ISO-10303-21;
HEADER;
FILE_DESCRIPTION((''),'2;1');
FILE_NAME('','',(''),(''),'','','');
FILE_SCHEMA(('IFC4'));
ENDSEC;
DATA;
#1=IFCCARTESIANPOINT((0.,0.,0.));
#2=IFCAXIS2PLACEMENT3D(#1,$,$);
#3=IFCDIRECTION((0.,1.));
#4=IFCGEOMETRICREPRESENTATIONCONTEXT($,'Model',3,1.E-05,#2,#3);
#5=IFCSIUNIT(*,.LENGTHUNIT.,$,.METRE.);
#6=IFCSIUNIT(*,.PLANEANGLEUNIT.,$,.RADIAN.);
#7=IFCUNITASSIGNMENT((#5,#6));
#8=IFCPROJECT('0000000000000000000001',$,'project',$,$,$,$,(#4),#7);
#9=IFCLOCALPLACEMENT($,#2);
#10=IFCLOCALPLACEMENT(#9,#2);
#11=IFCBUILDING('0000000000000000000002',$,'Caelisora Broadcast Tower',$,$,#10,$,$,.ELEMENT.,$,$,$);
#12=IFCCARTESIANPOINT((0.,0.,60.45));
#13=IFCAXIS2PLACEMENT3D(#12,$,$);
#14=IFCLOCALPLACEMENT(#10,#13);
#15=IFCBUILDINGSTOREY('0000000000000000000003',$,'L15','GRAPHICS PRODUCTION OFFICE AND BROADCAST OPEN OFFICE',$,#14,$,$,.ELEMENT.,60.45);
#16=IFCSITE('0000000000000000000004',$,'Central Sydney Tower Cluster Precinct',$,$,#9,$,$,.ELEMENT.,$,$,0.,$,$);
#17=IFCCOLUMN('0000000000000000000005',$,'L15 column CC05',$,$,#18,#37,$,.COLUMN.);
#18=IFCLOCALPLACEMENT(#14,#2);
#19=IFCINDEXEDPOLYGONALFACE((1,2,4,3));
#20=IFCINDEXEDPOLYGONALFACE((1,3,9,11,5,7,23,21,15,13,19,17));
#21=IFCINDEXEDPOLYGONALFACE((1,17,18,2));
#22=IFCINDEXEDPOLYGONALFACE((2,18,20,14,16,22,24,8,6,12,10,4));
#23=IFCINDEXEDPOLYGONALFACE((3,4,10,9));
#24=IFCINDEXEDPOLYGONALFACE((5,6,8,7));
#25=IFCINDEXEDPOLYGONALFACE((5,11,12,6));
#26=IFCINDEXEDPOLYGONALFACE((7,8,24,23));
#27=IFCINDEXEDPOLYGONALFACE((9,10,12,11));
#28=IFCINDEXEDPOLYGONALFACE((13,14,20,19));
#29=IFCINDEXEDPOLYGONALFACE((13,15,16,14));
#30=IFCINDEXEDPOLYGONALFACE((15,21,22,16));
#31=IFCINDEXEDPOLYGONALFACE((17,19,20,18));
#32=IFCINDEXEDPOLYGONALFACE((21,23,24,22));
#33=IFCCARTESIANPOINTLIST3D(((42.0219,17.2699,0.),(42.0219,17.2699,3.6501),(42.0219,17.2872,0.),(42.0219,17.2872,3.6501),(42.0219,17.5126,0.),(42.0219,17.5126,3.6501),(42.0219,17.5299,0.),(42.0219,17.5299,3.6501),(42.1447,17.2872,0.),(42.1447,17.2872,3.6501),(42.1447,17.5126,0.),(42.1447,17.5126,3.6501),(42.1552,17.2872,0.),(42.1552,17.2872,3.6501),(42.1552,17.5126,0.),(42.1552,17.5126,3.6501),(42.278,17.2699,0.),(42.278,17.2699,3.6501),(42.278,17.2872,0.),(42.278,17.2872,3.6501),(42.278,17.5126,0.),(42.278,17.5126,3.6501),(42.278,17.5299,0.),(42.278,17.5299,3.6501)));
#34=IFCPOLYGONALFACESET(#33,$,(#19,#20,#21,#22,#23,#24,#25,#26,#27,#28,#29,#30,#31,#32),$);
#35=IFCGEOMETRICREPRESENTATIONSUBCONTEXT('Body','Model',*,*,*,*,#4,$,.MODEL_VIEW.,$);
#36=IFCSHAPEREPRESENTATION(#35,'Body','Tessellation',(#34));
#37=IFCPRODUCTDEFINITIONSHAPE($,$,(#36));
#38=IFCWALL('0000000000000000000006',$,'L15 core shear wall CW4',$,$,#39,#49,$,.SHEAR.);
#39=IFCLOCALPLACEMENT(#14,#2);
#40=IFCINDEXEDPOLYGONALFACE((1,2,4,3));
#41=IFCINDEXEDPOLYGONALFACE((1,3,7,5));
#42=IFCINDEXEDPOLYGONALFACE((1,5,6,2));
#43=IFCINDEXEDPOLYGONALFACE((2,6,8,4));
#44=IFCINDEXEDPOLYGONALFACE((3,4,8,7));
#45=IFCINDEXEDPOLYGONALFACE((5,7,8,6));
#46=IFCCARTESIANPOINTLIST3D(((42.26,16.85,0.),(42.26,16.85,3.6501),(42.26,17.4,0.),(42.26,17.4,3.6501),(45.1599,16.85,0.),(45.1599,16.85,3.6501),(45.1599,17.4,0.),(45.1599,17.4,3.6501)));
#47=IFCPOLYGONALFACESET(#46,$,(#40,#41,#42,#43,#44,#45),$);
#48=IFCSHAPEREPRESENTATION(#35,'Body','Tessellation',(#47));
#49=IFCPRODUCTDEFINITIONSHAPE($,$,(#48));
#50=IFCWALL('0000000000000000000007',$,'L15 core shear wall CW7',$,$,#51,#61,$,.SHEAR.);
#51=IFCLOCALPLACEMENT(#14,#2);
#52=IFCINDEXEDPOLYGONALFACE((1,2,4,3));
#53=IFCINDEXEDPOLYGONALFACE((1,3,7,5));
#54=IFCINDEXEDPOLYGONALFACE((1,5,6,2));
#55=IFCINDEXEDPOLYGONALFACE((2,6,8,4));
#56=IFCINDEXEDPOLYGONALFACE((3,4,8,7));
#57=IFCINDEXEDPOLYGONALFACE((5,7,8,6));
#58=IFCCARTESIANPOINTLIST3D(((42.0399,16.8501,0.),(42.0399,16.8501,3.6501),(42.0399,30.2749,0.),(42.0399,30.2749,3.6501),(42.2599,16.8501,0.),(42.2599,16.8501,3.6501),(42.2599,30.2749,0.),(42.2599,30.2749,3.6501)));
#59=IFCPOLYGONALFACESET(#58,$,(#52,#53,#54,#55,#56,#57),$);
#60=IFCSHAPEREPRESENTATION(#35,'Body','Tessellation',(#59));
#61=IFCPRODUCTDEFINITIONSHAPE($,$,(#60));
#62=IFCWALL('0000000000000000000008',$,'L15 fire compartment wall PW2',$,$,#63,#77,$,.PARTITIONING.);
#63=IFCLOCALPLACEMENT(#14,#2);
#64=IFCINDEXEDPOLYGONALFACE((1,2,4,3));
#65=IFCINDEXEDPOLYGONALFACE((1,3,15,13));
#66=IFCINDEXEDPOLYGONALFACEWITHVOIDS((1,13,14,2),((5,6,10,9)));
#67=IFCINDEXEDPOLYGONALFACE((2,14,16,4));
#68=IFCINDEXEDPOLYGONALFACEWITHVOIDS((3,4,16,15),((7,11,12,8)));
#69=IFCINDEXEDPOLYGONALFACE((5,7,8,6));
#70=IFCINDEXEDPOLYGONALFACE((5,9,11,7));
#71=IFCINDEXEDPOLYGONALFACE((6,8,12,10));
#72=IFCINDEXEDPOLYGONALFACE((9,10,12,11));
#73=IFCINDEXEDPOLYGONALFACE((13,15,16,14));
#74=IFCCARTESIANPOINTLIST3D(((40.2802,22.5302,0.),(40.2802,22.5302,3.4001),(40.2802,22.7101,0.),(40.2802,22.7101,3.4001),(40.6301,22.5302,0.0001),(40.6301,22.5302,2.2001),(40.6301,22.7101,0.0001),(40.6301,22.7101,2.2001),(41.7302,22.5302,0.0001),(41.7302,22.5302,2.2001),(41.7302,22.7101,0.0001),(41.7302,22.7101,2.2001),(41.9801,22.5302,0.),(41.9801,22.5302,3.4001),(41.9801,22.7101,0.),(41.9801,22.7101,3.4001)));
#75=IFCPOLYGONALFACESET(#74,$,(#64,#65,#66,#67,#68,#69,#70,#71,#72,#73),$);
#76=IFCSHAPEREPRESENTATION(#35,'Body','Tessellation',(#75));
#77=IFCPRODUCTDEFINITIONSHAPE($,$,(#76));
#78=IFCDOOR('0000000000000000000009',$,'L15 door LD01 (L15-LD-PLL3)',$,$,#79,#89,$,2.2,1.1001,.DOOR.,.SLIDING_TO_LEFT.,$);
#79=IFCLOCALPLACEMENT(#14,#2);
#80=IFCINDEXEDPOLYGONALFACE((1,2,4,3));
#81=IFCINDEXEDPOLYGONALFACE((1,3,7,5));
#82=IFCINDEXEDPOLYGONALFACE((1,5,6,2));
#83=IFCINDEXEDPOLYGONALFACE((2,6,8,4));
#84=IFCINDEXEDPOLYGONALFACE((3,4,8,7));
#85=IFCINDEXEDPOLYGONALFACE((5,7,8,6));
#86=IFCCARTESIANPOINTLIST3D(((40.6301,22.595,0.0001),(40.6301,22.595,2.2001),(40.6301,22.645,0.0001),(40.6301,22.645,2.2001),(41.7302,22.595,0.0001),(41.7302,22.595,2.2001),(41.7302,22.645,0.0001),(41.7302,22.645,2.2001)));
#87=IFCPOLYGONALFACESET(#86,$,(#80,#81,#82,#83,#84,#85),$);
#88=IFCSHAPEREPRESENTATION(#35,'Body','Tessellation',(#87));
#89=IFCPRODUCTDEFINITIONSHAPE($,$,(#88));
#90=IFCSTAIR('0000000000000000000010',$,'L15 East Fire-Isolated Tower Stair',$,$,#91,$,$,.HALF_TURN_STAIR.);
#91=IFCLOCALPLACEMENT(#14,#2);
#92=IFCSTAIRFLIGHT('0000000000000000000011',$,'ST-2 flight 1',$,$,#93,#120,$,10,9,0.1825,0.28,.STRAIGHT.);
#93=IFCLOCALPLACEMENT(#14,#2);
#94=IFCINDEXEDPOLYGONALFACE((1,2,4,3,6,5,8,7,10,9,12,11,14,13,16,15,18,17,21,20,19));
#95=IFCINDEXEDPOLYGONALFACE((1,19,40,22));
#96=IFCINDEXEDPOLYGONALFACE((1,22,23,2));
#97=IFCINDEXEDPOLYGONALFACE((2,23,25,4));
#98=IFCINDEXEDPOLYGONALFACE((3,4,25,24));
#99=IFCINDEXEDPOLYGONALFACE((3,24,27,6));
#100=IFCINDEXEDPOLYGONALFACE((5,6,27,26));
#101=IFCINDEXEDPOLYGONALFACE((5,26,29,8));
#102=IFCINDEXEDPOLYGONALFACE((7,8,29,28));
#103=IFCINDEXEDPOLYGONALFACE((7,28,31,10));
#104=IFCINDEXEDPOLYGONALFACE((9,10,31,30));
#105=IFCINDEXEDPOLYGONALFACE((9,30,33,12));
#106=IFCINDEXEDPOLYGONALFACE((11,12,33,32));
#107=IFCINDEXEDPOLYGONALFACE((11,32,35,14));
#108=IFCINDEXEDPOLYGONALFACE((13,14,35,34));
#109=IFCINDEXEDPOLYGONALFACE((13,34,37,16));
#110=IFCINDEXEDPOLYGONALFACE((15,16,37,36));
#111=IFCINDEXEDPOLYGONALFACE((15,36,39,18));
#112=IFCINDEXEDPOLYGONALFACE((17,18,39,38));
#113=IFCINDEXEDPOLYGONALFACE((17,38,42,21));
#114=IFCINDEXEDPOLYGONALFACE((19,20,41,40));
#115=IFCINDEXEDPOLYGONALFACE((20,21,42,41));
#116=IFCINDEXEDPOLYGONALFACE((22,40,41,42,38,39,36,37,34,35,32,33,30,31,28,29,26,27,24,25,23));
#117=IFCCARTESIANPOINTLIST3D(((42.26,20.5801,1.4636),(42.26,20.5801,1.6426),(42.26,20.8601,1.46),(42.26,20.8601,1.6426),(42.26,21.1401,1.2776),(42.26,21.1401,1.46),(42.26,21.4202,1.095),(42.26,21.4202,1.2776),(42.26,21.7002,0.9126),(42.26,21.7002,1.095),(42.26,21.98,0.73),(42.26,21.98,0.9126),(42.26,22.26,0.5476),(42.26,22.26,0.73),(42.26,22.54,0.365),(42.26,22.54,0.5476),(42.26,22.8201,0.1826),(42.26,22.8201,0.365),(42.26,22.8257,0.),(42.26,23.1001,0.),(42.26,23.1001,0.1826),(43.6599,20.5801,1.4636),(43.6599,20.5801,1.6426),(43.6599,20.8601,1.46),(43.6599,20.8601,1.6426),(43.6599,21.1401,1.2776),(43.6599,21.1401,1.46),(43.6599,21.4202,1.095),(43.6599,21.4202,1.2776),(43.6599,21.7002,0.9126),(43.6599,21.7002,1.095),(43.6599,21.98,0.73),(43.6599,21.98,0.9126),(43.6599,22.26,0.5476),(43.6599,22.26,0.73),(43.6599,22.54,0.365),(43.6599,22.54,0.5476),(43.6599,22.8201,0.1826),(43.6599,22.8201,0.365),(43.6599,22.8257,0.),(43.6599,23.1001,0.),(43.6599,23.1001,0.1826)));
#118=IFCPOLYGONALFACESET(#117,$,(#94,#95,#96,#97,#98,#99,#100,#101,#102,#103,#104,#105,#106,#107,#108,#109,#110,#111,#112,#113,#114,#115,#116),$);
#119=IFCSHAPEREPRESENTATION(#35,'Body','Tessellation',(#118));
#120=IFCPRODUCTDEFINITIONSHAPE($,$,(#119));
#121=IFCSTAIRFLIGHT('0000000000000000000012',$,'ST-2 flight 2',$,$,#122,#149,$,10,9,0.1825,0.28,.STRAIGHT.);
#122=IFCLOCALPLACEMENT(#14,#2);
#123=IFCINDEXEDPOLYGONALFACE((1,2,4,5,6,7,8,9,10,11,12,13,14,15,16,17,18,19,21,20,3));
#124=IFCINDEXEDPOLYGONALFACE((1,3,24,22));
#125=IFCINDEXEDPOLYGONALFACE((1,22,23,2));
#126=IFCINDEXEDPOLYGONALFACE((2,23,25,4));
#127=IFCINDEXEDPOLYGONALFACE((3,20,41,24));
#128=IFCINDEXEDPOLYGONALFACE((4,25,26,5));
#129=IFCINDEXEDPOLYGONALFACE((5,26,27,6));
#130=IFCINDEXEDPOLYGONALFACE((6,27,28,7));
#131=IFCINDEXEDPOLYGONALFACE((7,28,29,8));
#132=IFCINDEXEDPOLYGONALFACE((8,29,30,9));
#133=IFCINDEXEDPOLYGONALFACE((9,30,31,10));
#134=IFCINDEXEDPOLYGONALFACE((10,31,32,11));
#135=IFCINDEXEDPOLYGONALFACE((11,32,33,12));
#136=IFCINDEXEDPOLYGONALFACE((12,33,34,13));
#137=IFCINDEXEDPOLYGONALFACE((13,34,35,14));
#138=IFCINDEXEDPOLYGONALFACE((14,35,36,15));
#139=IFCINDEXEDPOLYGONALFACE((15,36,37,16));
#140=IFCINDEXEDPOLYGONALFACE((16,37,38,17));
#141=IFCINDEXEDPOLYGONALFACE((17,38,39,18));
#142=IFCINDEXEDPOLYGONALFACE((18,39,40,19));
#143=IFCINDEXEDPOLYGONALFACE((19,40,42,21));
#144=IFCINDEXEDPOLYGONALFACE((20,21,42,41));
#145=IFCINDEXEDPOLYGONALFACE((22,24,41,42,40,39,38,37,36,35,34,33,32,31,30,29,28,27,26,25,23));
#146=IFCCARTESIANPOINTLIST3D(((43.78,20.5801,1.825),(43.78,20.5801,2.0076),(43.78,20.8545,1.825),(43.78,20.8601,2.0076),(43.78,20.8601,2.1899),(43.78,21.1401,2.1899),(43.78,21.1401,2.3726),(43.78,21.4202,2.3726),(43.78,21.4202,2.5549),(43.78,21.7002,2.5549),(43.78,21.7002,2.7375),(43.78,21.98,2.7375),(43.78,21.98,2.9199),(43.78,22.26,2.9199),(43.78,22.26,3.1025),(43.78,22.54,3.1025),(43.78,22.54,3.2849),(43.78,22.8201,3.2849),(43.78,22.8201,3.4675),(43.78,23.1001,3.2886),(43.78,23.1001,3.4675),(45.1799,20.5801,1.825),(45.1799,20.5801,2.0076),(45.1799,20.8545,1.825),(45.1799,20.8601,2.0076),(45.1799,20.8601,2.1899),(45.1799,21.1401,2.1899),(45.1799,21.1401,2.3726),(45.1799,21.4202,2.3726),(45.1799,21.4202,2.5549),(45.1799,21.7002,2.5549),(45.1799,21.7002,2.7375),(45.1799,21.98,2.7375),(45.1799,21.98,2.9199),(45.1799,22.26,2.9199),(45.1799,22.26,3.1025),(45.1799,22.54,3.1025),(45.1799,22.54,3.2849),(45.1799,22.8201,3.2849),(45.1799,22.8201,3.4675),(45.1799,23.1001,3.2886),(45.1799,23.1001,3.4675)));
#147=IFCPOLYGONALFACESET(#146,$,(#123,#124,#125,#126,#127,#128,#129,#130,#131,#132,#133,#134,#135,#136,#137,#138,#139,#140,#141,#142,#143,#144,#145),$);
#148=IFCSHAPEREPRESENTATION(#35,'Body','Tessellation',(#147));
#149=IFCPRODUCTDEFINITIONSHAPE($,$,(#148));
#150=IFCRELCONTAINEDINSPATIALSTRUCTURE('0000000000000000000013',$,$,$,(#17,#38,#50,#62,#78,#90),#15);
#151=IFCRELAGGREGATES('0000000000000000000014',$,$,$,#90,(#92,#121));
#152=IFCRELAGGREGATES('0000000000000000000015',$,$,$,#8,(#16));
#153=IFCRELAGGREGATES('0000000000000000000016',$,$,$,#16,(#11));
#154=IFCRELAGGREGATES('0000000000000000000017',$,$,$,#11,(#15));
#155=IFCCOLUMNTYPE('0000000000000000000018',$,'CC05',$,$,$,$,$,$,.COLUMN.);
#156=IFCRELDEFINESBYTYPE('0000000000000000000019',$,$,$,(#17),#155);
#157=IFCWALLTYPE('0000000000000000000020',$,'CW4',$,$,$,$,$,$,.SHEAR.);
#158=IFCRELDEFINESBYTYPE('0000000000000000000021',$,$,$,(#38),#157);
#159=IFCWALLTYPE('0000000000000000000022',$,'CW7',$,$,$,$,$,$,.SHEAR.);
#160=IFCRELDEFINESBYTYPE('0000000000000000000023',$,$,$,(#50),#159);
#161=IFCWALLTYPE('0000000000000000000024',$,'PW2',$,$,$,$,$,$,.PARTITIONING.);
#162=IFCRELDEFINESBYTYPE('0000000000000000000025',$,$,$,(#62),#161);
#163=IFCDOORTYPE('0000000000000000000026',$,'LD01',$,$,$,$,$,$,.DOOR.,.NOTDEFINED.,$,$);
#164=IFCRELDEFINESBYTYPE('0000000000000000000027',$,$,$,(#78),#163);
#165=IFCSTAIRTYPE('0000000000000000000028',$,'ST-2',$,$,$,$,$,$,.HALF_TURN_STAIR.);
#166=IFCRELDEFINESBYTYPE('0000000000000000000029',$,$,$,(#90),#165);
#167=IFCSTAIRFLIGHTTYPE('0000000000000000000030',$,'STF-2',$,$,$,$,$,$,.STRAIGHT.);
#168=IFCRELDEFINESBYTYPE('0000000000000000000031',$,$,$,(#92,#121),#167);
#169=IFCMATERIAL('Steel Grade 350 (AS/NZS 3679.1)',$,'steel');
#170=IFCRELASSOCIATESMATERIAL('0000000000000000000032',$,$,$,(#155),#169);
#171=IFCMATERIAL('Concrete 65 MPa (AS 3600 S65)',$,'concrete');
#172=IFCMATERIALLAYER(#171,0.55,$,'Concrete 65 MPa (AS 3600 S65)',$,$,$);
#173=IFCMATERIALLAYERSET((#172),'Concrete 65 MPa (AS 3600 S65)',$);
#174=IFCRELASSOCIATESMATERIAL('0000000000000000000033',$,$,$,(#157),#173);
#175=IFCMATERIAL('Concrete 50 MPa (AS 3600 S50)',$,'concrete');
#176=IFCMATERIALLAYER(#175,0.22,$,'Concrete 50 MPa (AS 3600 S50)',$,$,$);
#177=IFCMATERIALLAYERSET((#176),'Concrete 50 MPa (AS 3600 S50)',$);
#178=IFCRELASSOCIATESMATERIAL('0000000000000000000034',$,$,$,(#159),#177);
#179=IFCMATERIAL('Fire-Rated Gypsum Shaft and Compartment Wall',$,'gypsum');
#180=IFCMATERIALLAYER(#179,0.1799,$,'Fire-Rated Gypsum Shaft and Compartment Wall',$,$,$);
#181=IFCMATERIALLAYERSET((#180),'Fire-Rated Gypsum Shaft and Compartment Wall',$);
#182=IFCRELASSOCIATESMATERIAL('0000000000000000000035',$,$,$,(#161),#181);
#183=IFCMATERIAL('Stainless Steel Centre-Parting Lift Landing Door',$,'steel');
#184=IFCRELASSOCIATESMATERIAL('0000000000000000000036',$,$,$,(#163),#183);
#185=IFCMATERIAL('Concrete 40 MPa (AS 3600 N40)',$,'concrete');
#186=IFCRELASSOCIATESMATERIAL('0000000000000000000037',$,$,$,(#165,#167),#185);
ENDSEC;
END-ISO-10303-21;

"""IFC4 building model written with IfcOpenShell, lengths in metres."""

from ifc_helpers import new_model, si_unit, direction, frame, frame_2d, origin, origin_2d, place, context, subcontext, project, spatial, polyline, rectangle, i_section, outline, extrude, source, transform, mapped, material, layer, layer_set, material_profile, profile_set, type_object, type_shapes, element, fill, aggregate, save


model = new_model("IFC4")

# Units and contexts
model_context = context("Model", 3, precision=1e-05, world=origin(), true_north=direction((0.0, 1.0)))
body_context = subcontext(model_context, "Body", "Model", "MODEL_VIEW")
ifc_project = project(units=[si_unit("LENGTHUNIT", "METRE"), si_unit("PLANEANGLEUNIT", "RADIAN")], contexts=[model_context])

# Site, building, storey
site_placement = place(None, origin())
site = spatial("IfcSite", under=ifc_project, at=site_placement, Name="Central Sydney Tower Cluster Precinct", CompositionType="ELEMENT", RefElevation=0.0)
building_placement = place(site_placement, origin())
building = spatial("IfcBuilding", under=site, at=building_placement, Name="Caelisora Broadcast Tower", CompositionType="ELEMENT")
storey_placement = place(building_placement, frame((0.0, 0.0, 60.45)))
storey = spatial("IfcBuildingStorey", under=building, at=storey_placement, Name="L15", Description="GRAPHICS PRODUCTION OFFICE AND BROADCAST OPEN OFFICE", CompositionType="ELEMENT", Elevation=60.45)

# Column
ifc_material_1 = material(Name="Steel Grade 350 (AS/NZS 3679.1)", Category="steel")
ifc_material_profile = material_profile(ifc_material_1, i_section(OverallWidth=0.2561, OverallDepth=0.26, WebThickness=0.0105, FlangeThickness=0.0173, at=origin_2d()), Name="Steel Grade 350 (AS/NZS 3679.1)")
ifc_profile_set = profile_set([ifc_material_profile], Name="Steel Grade 350 (AS/NZS 3679.1)")
column_type = type_object("IfcColumnType", Name="CC05", PredefinedType="COLUMN", material=ifc_profile_set)
shared_shape = source(origin(), body_context, "Body", "SweptSolid", [
    extrude(i_section(OverallWidth=0.2561, OverallDepth=0.26, WebThickness=0.0105, FlangeThickness=0.0173, at=origin_2d()), origin(), (0.0, 0.0, 1.0), 3.6501),
])
type_shapes(column_type, [shared_shape])
column_placement = place(storey_placement, frame((42.1499, 17.3999, 0.0), z_axis=(0.0, 0.0, 1.0), x_axis=(1.0, 0.0, 0.0)))
element("IfcColumn", 1, at=column_placement, inside=storey, type_object=column_type, Name="L15 column CC05", PredefinedType="COLUMN", context=body_context, shape_type="MappedRepresentation", body=[
    mapped(shared_shape, transform((0.0, 0.0, 0.0), scale=1.0)),
])

# Walls
ifc_material_2 = material(Name="Concrete 65 MPa (AS 3600 S65)", Category="concrete")
ifc_layer_1 = layer(ifc_material_2, 0.55, Name="Concrete 65 MPa (AS 3600 S65)")
ifc_layer_set_1 = layer_set([ifc_layer_1], Name="Concrete 65 MPa (AS 3600 S65)")
wall_type_1 = type_object("IfcWallType", Name="CW4", PredefinedType="SHEAR", material=ifc_layer_set_1)
wall_1_placement = place(storey_placement, frame((42.26, 17.125, 0.0), z_axis=(0.0, 0.0, 1.0), x_axis=(1.0, 0.0, 0.0)))
element("IfcWall", 2, at=wall_1_placement, inside=storey, type_object=wall_type_1, Name="L15 core shear wall CW4", PredefinedType="SHEAR", context=body_context, shape_type="SweptSolid", body=[
    extrude(rectangle(XDim=2.8999, YDim=0.55, at=frame_2d((1.45, 0.0))), origin(), (0.0, 0.0, 1.0), 3.6501),
])
ifc_material_3 = material(Name="Concrete 50 MPa (AS 3600 S50)", Category="concrete")
ifc_layer_2 = layer(ifc_material_3, 0.22, Name="Concrete 50 MPa (AS 3600 S50)")
ifc_layer_set_2 = layer_set([ifc_layer_2], Name="Concrete 50 MPa (AS 3600 S50)")
wall_type_2 = type_object("IfcWallType", Name="CW7", PredefinedType="SHEAR", material=ifc_layer_set_2)
wall_2_placement = place(storey_placement, frame((42.1499, 16.8501, 0.0), z_axis=(0.0, 0.0, 1.0), x_axis=(0.0, 1.0, 0.0)))
element("IfcWall", 3, at=wall_2_placement, inside=storey, type_object=wall_type_2, Name="L15 core shear wall CW7", PredefinedType="SHEAR", context=body_context, shape_type="SweptSolid", body=[
    extrude(rectangle(XDim=13.4248, YDim=0.22, at=frame_2d((6.7124, 0.0))), origin(), (0.0, 0.0, 1.0), 3.6501),
])

# Wall, opening, door
ifc_material_4 = material(Name="Fire-Rated Gypsum Shaft and Compartment Wall", Category="gypsum")
ifc_layer_3 = layer(ifc_material_4, 0.1799, Name="Fire-Rated Gypsum Shaft and Compartment Wall")
ifc_layer_set_3 = layer_set([ifc_layer_3], Name="Fire-Rated Gypsum Shaft and Compartment Wall")
wall_type_3 = type_object("IfcWallType", Name="PW2", PredefinedType="PARTITIONING", material=ifc_layer_set_3)
wall_3_placement = place(storey_placement, frame((40.28, 22.6201, 0.0), z_axis=(0.0, 0.0, 1.0), x_axis=(1.0, 0.0, 0.0)))
wall_3 = element("IfcWall", 4, at=wall_3_placement, inside=storey, type_object=wall_type_3, Name="L15 fire compartment wall PW2", PredefinedType="PARTITIONING", context=body_context, shape_type="SweptSolid", body=[
    extrude(rectangle(XDim=1.7, YDim=0.1799, at=frame_2d((0.8501, 0.0))), origin(), (0.0, 0.0, 1.0), 3.4001),
])
opening_1_placement = place(wall_3_placement, frame((0.3501, 0.0, 0.0)))
opening_1 = element("IfcOpeningElement", 5, at=opening_1_placement, cuts=wall_3, PredefinedType="OPENING", context=body_context, shape_type="SweptSolid", body=[
    extrude(rectangle(XDim=1.1001, YDim=2.2, at=frame_2d((0.55, 1.1001))), frame((0.0, 0.1021, 0.0), z_axis=(0.0, -1.0, 0.0), x_axis=(1.0, 0.0, 0.0)), (0.0, 0.0, 1.0), 0.2039),
])
ifc_material_5 = material(Name="Stainless Steel Centre-Parting Lift Landing Door", Category="steel")
door_type_1 = type_object("IfcDoorType", Name="LD01", OperationType="NOTDEFINED", PredefinedType="DOOR", material=ifc_material_5)
door_1_placement = place(opening_1_placement, origin())
door_1 = element("IfcDoor", 6, at=door_1_placement, inside=storey, type_object=door_type_1, Name="L15 door LD01 (L15-LD-PLL3)", OperationType="SLIDING_TO_LEFT", OverallHeight=2.2, OverallWidth=1.1001, PredefinedType="DOOR", context=body_context, shape_type="SweptSolid", body=[
    extrude(rectangle(XDim=1.1001, YDim=2.2, at=frame_2d((0.55, 1.1001))), frame((0.0, 0.0249, 0.0), z_axis=(0.0, -1.0, 0.0), x_axis=(1.0, 0.0, 0.0)), (0.0, 0.0, 1.0), 0.05),
])
fill(opening_1, door_1)

# Stair, stair flights
ifc_material_6 = material(Name="Concrete 40 MPa (AS 3600 N40)", Category="concrete")
stair_type = type_object("IfcStairType", Name="ST-2", PredefinedType="HALF_TURN_STAIR", material=ifc_material_6)
stair_placement = place(storey_placement, origin())
stair = element("IfcStair", 7, at=stair_placement, inside=storey, type_object=stair_type, Name="L15 East Fire-Isolated Tower Stair", PredefinedType="HALF_TURN_STAIR")
stair_flight_type = type_object("IfcStairFlightType", Name="STF-2", PredefinedType="STRAIGHT", material=ifc_material_6)
stair_flight_1_placement = place(storey_placement, frame((42.96, 23.1001, 0.0), z_axis=(0.0, 0.0, 1.0), x_axis=(0.0, -1.0, 0.0)))
stair_flight_1 = element("IfcStairFlight", 8, at=stair_flight_1_placement, type_object=stair_flight_type, Name="ST-2 flight 1", NumberOfRisers=10, NumberOfTreads=9, PredefinedType="STRAIGHT", RiserHeight=0.1825, TreadLength=0.28, context=body_context, shape_type="SweptSolid", body=[
    extrude(outline(polyline([(0.0, 0.0), (0.0, 0.1826), (0.28, 0.1826), (0.28, 0.365), (0.5601, 0.365), (0.5601, 0.5476), (0.8401, 0.5476), (0.8401, 0.73), (1.1201, 0.73), (1.1201, 0.9126), (1.3999, 0.9126), (1.3999, 1.095), (1.6799, 1.095), (1.6799, 1.2776), (1.96, 1.2776), (1.96, 1.46), (2.24, 1.46), (2.24, 1.6426), (2.52, 1.6426), (2.52, 1.825), (2.52, 1.4636), (0.2744, 0.0), (0.0, 0.0)])), frame((0.0, 0.7, 0.0), z_axis=(0.0, -1.0, 0.0), x_axis=(1.0, 0.0, 0.0)), (0.0, 0.0, 1.0), 1.3999),
])
stair_flight_2_placement = place(storey_placement, frame((44.48, 20.5801, 1.825), z_axis=(0.0, 0.0, 1.0), x_axis=(0.0, 1.0, 0.0)))
stair_flight_2 = element("IfcStairFlight", 9, at=stair_flight_2_placement, type_object=stair_flight_type, Name="ST-2 flight 2", NumberOfRisers=10, NumberOfTreads=9, PredefinedType="STRAIGHT", RiserHeight=0.1825, TreadLength=0.28, context=body_context, shape_type="SweptSolid", body=[
    extrude(outline(polyline([(0.0, 0.0), (0.0, 0.1826), (0.28, 0.1826), (0.28, 0.365), (0.5601, 0.365), (0.5601, 0.5476), (0.8401, 0.5476), (0.8401, 0.73), (1.1201, 0.73), (1.1201, 0.9126), (1.3999, 0.9126), (1.3999, 1.095), (1.6799, 1.095), (1.6799, 1.2776), (1.96, 1.2776), (1.96, 1.46), (2.24, 1.46), (2.24, 1.6426), (2.52, 1.6426), (2.52, 1.825), (2.52, 1.4636), (0.2744, 0.0), (0.0, 0.0)])), frame((0.0, 0.7, 0.0), z_axis=(0.0, -1.0, 0.0), x_axis=(1.0, 0.0, 0.0)), (0.0, 0.0, 1.0), 1.3999),
])
aggregate(stair, [stair_flight_1, stair_flight_2])

save(model, "model.ifc")
